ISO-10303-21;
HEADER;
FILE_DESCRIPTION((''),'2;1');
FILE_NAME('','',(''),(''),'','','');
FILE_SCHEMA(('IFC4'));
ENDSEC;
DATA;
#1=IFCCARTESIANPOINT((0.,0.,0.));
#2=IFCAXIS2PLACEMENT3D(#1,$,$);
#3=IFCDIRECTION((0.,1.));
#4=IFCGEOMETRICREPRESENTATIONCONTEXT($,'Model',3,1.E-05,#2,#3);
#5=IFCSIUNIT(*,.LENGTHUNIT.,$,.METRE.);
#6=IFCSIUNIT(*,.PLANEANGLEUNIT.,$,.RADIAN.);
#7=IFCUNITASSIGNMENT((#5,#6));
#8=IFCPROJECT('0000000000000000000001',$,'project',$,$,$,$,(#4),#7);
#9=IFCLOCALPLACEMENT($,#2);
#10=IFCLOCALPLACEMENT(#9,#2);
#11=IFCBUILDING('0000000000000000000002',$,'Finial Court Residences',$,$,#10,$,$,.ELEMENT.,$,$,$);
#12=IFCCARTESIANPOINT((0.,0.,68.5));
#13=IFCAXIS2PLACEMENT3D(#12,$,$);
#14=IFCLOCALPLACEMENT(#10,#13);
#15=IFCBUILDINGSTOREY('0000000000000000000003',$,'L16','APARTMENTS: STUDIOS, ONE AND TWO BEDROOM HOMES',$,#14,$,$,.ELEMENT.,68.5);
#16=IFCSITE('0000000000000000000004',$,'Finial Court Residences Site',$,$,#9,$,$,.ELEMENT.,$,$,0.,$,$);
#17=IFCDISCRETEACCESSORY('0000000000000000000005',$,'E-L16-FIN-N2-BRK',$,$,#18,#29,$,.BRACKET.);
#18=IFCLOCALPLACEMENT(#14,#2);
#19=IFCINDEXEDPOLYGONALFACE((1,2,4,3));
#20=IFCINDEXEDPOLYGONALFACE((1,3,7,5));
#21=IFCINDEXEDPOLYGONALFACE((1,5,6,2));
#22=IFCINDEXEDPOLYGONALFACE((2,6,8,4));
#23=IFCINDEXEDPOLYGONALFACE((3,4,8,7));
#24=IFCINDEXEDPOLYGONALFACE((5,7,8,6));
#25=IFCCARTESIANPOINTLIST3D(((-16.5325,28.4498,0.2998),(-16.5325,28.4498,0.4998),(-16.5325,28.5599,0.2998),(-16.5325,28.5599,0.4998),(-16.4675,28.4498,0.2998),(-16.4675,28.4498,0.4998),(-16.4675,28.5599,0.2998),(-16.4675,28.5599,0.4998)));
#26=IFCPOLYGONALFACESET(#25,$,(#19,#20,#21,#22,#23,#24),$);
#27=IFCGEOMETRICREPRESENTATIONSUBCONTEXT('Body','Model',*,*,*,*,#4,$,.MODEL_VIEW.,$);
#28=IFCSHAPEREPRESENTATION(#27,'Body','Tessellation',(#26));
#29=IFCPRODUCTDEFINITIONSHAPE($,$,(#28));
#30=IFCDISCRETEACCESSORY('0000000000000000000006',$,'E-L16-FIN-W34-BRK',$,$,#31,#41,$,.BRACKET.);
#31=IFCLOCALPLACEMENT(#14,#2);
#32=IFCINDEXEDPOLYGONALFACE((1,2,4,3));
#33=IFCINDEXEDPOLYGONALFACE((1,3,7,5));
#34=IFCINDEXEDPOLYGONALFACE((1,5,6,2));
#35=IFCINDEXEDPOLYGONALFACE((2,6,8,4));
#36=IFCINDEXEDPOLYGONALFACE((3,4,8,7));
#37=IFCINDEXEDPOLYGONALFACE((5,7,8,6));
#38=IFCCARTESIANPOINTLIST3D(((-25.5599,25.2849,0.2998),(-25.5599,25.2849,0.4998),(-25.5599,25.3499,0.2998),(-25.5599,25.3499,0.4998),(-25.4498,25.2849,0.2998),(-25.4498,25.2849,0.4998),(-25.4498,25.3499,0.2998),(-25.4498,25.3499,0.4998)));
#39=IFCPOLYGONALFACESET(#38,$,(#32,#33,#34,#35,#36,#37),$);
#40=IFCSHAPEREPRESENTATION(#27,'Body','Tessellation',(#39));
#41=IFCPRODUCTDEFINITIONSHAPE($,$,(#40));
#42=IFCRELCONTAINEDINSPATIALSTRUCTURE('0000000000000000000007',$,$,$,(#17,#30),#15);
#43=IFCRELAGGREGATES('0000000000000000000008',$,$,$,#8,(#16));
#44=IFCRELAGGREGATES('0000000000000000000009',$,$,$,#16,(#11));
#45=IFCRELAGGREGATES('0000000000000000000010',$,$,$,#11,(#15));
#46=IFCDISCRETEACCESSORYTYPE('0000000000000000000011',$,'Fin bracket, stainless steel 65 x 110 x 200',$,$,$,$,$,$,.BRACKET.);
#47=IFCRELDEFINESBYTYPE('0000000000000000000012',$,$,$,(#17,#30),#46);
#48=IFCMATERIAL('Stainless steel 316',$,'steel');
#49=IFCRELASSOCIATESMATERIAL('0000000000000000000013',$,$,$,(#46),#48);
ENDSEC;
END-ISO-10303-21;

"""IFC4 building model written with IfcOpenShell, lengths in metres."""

from ifc_helpers import new_model, si_unit, direction, frame, origin, origin_2d, place, context, subcontext, project, spatial, rectangle, extrude, material, type_object, element, save


model = new_model("IFC4")

# Units and contexts
model_context = context("Model", 3, precision=1e-05, world=origin(), true_north=direction((0.0, 1.0)))
body_context = subcontext(model_context, "Body", "Model", "MODEL_VIEW")
ifc_project = project(units=[si_unit("LENGTHUNIT", "METRE"), si_unit("PLANEANGLEUNIT", "RADIAN")], contexts=[model_context])

# Site, building, storey
site_placement = place(None, origin())
site = spatial("IfcSite", under=ifc_project, at=site_placement, Name="Finial Court Residences Site", CompositionType="ELEMENT", RefElevation=0.0)
building_placement = place(site_placement, origin())
building = spatial("IfcBuilding", under=site, at=building_placement, Name="Finial Court Residences", CompositionType="ELEMENT")
storey_placement = place(building_placement, frame((0.0, 0.0, 68.5)))
storey = spatial("IfcBuildingStorey", under=building, at=storey_placement, Name="L16", Description="APARTMENTS: STUDIOS, ONE AND TWO BEDROOM HOMES", CompositionType="ELEMENT", Elevation=68.5)

# Discrete accessories
ifc_material_1 = material(Name="Stainless steel 316", Category="steel")
discrete_accessory_type = type_object("IfcDiscreteAccessoryType", Name="Fin bracket, stainless steel 65 x 110 x 200", PredefinedType="BRACKET", material=ifc_material_1)
for number, where, z_axis, x_axis, name in (
    (1, (-16.5, 28.5049, 0.2998), (0.0, 0.0, 1.0), (1.0, 0.0, 0.0), "E-L16-FIN-N2-BRK"),
):
    element("IfcDiscreteAccessory", number, at=place(storey_placement, frame(where, z_axis=z_axis, x_axis=x_axis)), inside=storey, type_object=discrete_accessory_type, Name=name, PredefinedType="BRACKET", context=body_context, shape_type="SweptSolid", body=[
        extrude(rectangle(XDim=0.0649, YDim=0.1101, at=origin_2d()), origin(), (0.0, 0.0, 1.0), 0.2),
    ])
discrete_accessory_placement = place(storey_placement, frame((-25.5049, 25.3174, 0.2998), z_axis=(0.0, 0.0, 1.0), x_axis=(1.0, 0.0, 0.0)))
element("IfcDiscreteAccessory", 2, at=discrete_accessory_placement, inside=storey, type_object=discrete_accessory_type, Name="E-L16-FIN-W34-BRK", PredefinedType="BRACKET", context=body_context, shape_type="SweptSolid", body=[
    extrude(rectangle(XDim=0.1101, YDim=0.0649, at=origin_2d()), origin(), (0.0, 0.0, 1.0), 0.2),
])

save(model, "model.ifc")
